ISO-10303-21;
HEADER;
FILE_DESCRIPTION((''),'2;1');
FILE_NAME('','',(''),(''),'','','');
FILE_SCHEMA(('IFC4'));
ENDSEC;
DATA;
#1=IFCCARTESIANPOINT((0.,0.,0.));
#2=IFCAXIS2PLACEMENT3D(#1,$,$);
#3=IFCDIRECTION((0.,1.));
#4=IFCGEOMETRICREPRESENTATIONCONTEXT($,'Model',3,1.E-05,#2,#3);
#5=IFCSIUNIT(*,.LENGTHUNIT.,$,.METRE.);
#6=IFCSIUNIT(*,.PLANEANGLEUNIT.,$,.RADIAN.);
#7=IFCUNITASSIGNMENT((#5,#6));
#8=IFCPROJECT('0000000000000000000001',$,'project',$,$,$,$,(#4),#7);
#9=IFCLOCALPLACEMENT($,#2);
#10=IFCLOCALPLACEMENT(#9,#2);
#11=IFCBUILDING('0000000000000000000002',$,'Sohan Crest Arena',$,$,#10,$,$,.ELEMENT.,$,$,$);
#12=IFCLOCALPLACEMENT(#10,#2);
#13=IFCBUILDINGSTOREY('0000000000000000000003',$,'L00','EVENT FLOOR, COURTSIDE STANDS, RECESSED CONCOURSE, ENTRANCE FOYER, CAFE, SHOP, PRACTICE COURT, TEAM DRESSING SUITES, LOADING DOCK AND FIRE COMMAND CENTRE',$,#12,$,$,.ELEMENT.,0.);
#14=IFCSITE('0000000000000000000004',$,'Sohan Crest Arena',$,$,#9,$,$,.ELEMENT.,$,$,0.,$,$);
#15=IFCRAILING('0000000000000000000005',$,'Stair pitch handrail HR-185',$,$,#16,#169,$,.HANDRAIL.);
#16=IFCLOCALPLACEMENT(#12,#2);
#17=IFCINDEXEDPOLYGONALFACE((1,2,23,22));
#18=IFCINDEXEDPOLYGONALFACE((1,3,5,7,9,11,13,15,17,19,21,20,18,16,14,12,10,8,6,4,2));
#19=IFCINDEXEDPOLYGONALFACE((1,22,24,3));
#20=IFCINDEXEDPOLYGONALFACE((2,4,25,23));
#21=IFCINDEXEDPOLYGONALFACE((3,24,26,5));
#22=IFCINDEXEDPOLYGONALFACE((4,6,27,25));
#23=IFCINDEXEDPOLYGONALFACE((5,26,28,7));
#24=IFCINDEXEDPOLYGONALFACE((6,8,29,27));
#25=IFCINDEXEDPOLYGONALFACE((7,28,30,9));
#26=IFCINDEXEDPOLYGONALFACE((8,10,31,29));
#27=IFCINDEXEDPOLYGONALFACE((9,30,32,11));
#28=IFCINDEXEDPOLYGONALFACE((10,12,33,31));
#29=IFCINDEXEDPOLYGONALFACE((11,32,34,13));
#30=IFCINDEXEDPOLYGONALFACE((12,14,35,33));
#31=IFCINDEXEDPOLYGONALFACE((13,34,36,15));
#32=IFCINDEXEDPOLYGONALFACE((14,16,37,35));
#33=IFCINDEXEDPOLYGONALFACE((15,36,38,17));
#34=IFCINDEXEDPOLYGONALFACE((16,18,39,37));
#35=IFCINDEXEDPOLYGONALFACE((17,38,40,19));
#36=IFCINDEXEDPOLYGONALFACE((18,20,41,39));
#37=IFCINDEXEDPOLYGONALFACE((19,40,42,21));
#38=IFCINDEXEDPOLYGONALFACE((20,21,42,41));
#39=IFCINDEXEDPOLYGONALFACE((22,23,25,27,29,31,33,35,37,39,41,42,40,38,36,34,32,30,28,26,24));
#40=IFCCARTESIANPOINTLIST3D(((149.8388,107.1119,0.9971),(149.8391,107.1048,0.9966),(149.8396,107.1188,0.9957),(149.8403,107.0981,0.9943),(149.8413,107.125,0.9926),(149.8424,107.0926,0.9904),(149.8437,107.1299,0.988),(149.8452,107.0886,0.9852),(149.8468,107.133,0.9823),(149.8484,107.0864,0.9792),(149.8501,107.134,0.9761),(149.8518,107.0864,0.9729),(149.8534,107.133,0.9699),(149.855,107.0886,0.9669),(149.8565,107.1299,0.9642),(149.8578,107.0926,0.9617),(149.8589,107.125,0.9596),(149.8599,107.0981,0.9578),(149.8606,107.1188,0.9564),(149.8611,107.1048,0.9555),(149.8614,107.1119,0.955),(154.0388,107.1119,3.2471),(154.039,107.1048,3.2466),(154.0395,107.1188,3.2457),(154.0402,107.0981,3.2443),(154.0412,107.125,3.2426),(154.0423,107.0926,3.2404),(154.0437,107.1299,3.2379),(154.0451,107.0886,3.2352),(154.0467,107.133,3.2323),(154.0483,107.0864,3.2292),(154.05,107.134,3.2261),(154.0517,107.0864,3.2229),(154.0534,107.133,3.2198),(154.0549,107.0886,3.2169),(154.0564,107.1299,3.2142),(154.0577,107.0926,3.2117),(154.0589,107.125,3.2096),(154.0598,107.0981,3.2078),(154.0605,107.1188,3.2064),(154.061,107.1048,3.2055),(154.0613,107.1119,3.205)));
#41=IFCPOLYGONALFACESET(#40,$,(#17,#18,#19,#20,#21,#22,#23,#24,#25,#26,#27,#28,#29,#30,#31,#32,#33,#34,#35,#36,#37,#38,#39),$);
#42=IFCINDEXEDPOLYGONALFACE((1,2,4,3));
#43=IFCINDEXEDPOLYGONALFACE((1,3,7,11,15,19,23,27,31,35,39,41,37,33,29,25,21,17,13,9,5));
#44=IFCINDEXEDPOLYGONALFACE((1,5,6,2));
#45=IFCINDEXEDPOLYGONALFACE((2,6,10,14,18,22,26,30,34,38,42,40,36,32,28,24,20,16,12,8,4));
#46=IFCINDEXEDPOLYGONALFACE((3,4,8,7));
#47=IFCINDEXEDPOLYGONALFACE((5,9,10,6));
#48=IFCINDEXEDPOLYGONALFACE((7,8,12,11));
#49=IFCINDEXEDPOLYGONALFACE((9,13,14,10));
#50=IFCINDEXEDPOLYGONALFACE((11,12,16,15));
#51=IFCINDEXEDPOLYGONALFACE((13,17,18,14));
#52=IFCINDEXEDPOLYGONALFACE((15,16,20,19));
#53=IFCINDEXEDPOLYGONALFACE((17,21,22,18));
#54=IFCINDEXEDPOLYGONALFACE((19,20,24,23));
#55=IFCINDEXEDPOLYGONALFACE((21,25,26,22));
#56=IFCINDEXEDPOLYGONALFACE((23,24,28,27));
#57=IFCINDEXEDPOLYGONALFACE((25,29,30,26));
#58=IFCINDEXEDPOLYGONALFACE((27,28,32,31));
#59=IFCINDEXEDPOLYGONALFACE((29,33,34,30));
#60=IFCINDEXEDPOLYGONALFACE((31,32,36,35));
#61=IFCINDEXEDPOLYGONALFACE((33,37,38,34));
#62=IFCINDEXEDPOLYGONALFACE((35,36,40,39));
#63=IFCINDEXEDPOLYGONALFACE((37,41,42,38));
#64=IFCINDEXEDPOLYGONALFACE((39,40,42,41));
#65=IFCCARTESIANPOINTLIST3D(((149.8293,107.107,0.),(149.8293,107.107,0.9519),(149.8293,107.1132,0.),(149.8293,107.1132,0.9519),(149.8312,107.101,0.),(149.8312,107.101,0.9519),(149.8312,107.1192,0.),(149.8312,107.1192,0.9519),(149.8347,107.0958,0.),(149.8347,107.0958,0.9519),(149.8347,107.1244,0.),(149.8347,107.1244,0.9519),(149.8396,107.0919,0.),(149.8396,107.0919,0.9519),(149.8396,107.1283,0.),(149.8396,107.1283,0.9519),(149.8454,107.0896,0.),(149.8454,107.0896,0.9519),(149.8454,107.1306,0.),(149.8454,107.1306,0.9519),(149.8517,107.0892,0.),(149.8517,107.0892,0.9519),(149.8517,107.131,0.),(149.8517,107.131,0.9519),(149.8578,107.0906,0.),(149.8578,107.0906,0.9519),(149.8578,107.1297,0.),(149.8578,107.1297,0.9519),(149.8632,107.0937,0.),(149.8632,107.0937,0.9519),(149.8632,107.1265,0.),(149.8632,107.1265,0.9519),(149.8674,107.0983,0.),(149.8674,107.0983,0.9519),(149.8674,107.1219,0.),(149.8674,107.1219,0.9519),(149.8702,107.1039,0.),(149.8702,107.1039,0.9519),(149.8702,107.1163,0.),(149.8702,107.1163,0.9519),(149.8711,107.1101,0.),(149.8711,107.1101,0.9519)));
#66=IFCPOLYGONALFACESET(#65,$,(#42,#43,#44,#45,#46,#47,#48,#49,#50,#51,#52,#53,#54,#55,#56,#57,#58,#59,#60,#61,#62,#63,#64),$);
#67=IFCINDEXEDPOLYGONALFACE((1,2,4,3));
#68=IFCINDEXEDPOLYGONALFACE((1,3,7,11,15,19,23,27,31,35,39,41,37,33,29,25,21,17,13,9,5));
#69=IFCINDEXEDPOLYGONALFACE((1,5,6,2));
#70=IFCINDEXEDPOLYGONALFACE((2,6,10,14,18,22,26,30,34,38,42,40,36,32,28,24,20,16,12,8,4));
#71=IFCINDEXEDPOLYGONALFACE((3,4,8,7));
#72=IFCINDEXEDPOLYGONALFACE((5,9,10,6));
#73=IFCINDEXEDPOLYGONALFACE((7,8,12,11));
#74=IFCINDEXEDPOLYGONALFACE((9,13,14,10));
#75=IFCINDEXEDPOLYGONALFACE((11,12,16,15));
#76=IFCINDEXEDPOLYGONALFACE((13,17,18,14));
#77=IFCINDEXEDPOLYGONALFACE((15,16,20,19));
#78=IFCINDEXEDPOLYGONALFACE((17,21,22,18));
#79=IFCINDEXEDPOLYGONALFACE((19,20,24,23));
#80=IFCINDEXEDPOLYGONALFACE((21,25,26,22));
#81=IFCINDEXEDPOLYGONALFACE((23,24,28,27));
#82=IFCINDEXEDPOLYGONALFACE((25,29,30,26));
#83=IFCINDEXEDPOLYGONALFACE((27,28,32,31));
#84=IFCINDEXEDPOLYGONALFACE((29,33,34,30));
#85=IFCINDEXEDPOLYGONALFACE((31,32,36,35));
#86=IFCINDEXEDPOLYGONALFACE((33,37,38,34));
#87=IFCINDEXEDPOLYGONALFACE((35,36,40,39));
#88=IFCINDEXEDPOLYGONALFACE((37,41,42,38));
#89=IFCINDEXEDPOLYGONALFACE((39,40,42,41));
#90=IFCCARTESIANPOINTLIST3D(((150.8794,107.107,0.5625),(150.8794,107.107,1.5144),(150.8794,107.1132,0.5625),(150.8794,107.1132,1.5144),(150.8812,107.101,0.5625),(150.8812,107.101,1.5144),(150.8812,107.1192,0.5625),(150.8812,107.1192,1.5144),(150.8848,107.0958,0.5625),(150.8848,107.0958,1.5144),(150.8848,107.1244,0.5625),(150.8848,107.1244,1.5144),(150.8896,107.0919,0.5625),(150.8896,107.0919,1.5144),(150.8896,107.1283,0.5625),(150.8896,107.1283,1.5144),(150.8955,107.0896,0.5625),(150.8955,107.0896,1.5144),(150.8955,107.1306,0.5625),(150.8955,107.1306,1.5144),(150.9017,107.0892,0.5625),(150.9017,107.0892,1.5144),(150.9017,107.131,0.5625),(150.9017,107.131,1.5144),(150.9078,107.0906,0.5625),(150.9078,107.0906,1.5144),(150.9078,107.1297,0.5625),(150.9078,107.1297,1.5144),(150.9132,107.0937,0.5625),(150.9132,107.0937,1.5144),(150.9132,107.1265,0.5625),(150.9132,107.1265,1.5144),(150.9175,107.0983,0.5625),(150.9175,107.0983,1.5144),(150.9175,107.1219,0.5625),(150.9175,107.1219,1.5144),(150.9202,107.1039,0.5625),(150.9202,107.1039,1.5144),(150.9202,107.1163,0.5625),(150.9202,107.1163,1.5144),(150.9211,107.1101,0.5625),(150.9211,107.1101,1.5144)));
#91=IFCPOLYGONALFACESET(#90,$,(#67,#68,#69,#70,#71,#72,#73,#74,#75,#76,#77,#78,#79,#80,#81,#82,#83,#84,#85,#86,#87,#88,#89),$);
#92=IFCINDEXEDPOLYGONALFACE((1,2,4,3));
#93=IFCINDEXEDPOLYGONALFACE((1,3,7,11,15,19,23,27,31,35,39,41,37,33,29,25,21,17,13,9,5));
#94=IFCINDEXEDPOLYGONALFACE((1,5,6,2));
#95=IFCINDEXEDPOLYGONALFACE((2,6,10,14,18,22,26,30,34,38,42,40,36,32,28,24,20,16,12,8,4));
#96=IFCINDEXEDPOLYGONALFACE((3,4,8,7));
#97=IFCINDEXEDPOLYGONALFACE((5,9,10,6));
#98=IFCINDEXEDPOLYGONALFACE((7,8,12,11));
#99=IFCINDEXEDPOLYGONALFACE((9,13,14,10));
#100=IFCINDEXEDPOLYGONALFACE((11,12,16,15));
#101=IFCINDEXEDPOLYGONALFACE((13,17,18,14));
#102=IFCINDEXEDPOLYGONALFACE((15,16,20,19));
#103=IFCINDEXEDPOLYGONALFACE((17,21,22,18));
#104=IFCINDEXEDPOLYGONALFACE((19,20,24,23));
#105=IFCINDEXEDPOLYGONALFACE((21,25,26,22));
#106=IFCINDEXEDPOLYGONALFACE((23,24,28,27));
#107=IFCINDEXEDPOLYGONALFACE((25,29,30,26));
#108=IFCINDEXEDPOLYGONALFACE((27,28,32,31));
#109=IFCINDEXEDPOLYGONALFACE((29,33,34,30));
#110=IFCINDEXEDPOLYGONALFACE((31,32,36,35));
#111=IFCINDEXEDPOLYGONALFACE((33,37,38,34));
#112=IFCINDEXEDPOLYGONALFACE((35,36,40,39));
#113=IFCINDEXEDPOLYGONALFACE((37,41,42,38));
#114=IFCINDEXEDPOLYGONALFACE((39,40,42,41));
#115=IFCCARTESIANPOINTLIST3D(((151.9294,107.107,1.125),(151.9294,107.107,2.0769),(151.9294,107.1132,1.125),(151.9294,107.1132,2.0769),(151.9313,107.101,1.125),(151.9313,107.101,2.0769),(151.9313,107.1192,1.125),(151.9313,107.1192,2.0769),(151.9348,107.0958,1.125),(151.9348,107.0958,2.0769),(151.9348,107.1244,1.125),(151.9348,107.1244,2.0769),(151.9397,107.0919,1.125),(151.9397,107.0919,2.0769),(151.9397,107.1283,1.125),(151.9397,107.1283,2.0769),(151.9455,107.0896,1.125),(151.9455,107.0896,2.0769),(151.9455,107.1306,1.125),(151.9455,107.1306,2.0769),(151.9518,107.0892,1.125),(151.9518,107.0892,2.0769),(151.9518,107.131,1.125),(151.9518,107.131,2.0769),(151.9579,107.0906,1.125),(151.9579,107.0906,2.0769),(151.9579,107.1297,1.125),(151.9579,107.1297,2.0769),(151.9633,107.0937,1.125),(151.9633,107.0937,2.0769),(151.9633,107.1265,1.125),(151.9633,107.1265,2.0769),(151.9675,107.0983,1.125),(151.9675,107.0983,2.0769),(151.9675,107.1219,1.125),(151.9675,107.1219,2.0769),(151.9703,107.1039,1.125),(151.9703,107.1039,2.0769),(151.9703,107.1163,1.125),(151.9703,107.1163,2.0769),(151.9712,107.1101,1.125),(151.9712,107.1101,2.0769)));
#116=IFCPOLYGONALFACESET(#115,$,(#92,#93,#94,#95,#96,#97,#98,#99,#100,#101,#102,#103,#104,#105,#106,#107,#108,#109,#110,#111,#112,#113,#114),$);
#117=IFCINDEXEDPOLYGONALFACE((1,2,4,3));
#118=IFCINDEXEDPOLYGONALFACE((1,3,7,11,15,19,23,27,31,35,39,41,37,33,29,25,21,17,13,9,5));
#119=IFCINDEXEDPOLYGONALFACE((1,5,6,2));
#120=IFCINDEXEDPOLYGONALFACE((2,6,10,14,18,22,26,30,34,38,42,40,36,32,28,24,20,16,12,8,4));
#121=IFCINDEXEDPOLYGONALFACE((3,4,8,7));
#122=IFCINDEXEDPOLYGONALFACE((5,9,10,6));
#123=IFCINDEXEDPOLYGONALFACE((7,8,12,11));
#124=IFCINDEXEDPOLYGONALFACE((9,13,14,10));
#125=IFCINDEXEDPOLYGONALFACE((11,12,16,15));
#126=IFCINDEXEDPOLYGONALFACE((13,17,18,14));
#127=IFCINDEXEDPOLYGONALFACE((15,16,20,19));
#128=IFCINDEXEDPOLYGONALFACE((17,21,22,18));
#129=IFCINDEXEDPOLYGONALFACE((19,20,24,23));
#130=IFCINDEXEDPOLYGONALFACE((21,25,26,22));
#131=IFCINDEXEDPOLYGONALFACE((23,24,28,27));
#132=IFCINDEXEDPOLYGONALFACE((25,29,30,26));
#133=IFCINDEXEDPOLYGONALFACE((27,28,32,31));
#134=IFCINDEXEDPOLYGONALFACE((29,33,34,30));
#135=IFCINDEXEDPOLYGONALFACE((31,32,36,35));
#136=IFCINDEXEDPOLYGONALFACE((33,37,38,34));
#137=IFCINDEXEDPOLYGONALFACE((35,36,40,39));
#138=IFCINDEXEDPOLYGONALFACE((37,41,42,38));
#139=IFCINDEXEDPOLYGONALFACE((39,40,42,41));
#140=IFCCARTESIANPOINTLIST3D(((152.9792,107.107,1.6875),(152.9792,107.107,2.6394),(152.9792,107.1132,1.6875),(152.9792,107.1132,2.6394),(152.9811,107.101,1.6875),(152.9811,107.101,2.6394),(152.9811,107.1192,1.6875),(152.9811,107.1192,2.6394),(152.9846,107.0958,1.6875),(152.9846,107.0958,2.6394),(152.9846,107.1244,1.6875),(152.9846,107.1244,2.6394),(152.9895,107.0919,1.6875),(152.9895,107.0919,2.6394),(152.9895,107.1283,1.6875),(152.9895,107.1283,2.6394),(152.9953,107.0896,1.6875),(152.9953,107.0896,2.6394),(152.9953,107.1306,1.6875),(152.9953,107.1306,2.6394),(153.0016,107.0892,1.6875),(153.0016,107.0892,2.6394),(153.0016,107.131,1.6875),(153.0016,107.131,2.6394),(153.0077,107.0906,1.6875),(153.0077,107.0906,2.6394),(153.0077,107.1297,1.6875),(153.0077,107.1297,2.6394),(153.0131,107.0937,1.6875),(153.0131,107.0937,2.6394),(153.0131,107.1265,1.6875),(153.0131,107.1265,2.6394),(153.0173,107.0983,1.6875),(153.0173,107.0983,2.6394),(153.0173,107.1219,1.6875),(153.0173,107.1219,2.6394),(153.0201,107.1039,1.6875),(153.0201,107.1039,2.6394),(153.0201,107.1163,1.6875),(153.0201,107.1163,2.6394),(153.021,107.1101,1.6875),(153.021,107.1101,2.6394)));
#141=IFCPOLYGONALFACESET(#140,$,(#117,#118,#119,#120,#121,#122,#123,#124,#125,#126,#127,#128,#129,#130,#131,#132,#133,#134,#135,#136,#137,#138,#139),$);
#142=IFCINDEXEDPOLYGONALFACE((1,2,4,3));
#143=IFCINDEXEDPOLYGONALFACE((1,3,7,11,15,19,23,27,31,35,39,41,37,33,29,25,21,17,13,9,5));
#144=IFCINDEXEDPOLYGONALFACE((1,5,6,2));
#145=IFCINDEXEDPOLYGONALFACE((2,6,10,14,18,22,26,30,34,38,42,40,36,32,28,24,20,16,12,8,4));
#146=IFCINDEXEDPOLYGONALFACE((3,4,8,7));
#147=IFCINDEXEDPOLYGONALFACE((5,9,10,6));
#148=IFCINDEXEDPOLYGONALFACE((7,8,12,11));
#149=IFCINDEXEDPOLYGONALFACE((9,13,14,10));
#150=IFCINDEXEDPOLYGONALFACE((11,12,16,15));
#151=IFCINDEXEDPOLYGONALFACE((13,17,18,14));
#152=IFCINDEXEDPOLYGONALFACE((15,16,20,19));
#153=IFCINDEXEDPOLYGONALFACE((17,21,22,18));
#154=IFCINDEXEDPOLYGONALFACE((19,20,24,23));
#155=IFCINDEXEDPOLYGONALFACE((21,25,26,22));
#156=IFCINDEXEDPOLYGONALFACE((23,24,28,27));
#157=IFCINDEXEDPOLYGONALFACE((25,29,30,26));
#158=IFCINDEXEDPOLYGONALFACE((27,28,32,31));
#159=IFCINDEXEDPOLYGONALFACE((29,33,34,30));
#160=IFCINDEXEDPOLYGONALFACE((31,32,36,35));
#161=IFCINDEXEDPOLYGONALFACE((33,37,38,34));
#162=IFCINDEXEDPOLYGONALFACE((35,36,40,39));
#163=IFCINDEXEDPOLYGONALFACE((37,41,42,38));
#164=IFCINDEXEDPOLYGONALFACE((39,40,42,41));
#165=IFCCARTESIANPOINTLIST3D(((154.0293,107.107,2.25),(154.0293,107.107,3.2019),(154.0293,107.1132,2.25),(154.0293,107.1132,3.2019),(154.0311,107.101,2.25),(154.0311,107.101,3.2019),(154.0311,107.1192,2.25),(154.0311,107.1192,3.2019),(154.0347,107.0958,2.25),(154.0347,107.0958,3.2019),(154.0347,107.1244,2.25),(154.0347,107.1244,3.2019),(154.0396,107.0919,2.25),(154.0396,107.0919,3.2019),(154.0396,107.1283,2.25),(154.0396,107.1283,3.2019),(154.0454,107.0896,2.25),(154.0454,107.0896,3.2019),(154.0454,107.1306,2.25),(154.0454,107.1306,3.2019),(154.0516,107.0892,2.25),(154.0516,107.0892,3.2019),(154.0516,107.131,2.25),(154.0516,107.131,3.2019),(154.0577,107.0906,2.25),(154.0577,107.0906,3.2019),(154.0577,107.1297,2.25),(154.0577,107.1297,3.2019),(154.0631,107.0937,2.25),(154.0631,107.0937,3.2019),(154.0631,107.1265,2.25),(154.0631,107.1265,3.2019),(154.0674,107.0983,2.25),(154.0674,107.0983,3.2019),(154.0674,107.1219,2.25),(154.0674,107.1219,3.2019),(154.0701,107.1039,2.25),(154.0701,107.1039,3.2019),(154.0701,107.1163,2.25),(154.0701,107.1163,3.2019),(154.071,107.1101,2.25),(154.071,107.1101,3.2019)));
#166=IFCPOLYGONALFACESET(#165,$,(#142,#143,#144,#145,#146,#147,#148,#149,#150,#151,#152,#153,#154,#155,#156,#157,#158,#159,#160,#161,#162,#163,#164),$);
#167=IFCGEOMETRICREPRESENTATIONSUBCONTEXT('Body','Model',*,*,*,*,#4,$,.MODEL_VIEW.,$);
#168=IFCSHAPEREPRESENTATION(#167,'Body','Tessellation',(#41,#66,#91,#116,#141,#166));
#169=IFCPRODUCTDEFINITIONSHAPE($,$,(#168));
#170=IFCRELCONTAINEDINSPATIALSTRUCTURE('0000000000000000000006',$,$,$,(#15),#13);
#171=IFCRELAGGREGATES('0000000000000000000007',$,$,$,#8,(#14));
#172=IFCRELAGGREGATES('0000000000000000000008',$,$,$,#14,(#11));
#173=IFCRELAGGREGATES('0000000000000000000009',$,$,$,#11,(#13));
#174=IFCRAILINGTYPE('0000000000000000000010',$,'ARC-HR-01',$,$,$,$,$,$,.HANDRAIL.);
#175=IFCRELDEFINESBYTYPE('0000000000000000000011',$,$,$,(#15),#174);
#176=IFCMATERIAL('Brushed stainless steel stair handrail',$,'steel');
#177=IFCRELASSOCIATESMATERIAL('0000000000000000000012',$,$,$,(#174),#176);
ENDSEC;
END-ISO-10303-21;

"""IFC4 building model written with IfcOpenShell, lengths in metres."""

from ifc_helpers import new_model, si_unit, direction, frame, origin, origin_2d, place, context, subcontext, project, spatial, circle, extrude, material, type_object, element, save


model = new_model("IFC4")

# Units and contexts
model_context = context("Model", 3, precision=1e-05, world=origin(), true_north=direction((0.0, 1.0)))
body_context = subcontext(model_context, "Body", "Model", "MODEL_VIEW")
ifc_project = project(units=[si_unit("LENGTHUNIT", "METRE"), si_unit("PLANEANGLEUNIT", "RADIAN")], contexts=[model_context])

# Site, building, storey
site_placement = place(None, origin())
site = spatial("IfcSite", under=ifc_project, at=site_placement, Name="Sohan Crest Arena", CompositionType="ELEMENT", RefElevation=0.0)
building_placement = place(site_placement, origin())
building = spatial("IfcBuilding", under=site, at=building_placement, Name="Sohan Crest Arena", CompositionType="ELEMENT")
storey_placement = place(building_placement, origin())
storey = spatial("IfcBuildingStorey", under=building, at=storey_placement, Name="L00", Description="EVENT FLOOR, COURTSIDE STANDS, RECESSED CONCOURSE, ENTRANCE FOYER, CAFE, SHOP, PRACTICE COURT, TEAM DRESSING SUITES, LOADING DOCK AND FIRE COMMAND CENTRE", CompositionType="ELEMENT", Elevation=0.0)

# Railing
ifc_material_1 = material(Name="Brushed stainless steel stair handrail", Category="steel")
railing_type_1 = type_object("IfcRailingType", Name="ARC-HR-01", PredefinedType="HANDRAIL", material=ifc_material_1)
for number, where, name in (
    (1, (149.8501, 107.1101, 0.0), "Stair pitch handrail HR-185"),
):
    element("IfcRailing", number, at=place(storey_placement, frame(where)), inside=storey, type_object=railing_type_1, Name=name, PredefinedType="HANDRAIL", context=body_context, shape_type="SweptSolid", body=[
        extrude(circle(Radius=0.0239, at=origin_2d()), frame((0.0, 0.0, 0.9761), z_axis=(0.881478, 0.0, 0.472226), x_axis=(0.0, 1.0, 0.0)), (0.0, 0.0, 1.0), 4.7646),
        extrude(circle(Radius=0.021, at=origin_2d()), origin(), (0.0, 0.0, 1.0), 0.9519),
        extrude(circle(Radius=0.021, at=origin_2d()), frame((1.05, 0.0, 0.5625)), (0.0, 0.0, 1.0), 0.9519),
        extrude(circle(Radius=0.021, at=origin_2d()), frame((2.1001, 0.0, 1.125)), (0.0, 0.0, 1.0), 0.9519),
        extrude(circle(Radius=0.021, at=origin_2d()), frame((3.1499, 0.0, 1.6875)), (0.0, 0.0, 1.0), 0.9519),
        extrude(circle(Radius=0.021, at=origin_2d()), frame((4.2, 0.0, 2.25)), (0.0, 0.0, 1.0), 0.9519),
    ])

save(model, "model.ifc")
